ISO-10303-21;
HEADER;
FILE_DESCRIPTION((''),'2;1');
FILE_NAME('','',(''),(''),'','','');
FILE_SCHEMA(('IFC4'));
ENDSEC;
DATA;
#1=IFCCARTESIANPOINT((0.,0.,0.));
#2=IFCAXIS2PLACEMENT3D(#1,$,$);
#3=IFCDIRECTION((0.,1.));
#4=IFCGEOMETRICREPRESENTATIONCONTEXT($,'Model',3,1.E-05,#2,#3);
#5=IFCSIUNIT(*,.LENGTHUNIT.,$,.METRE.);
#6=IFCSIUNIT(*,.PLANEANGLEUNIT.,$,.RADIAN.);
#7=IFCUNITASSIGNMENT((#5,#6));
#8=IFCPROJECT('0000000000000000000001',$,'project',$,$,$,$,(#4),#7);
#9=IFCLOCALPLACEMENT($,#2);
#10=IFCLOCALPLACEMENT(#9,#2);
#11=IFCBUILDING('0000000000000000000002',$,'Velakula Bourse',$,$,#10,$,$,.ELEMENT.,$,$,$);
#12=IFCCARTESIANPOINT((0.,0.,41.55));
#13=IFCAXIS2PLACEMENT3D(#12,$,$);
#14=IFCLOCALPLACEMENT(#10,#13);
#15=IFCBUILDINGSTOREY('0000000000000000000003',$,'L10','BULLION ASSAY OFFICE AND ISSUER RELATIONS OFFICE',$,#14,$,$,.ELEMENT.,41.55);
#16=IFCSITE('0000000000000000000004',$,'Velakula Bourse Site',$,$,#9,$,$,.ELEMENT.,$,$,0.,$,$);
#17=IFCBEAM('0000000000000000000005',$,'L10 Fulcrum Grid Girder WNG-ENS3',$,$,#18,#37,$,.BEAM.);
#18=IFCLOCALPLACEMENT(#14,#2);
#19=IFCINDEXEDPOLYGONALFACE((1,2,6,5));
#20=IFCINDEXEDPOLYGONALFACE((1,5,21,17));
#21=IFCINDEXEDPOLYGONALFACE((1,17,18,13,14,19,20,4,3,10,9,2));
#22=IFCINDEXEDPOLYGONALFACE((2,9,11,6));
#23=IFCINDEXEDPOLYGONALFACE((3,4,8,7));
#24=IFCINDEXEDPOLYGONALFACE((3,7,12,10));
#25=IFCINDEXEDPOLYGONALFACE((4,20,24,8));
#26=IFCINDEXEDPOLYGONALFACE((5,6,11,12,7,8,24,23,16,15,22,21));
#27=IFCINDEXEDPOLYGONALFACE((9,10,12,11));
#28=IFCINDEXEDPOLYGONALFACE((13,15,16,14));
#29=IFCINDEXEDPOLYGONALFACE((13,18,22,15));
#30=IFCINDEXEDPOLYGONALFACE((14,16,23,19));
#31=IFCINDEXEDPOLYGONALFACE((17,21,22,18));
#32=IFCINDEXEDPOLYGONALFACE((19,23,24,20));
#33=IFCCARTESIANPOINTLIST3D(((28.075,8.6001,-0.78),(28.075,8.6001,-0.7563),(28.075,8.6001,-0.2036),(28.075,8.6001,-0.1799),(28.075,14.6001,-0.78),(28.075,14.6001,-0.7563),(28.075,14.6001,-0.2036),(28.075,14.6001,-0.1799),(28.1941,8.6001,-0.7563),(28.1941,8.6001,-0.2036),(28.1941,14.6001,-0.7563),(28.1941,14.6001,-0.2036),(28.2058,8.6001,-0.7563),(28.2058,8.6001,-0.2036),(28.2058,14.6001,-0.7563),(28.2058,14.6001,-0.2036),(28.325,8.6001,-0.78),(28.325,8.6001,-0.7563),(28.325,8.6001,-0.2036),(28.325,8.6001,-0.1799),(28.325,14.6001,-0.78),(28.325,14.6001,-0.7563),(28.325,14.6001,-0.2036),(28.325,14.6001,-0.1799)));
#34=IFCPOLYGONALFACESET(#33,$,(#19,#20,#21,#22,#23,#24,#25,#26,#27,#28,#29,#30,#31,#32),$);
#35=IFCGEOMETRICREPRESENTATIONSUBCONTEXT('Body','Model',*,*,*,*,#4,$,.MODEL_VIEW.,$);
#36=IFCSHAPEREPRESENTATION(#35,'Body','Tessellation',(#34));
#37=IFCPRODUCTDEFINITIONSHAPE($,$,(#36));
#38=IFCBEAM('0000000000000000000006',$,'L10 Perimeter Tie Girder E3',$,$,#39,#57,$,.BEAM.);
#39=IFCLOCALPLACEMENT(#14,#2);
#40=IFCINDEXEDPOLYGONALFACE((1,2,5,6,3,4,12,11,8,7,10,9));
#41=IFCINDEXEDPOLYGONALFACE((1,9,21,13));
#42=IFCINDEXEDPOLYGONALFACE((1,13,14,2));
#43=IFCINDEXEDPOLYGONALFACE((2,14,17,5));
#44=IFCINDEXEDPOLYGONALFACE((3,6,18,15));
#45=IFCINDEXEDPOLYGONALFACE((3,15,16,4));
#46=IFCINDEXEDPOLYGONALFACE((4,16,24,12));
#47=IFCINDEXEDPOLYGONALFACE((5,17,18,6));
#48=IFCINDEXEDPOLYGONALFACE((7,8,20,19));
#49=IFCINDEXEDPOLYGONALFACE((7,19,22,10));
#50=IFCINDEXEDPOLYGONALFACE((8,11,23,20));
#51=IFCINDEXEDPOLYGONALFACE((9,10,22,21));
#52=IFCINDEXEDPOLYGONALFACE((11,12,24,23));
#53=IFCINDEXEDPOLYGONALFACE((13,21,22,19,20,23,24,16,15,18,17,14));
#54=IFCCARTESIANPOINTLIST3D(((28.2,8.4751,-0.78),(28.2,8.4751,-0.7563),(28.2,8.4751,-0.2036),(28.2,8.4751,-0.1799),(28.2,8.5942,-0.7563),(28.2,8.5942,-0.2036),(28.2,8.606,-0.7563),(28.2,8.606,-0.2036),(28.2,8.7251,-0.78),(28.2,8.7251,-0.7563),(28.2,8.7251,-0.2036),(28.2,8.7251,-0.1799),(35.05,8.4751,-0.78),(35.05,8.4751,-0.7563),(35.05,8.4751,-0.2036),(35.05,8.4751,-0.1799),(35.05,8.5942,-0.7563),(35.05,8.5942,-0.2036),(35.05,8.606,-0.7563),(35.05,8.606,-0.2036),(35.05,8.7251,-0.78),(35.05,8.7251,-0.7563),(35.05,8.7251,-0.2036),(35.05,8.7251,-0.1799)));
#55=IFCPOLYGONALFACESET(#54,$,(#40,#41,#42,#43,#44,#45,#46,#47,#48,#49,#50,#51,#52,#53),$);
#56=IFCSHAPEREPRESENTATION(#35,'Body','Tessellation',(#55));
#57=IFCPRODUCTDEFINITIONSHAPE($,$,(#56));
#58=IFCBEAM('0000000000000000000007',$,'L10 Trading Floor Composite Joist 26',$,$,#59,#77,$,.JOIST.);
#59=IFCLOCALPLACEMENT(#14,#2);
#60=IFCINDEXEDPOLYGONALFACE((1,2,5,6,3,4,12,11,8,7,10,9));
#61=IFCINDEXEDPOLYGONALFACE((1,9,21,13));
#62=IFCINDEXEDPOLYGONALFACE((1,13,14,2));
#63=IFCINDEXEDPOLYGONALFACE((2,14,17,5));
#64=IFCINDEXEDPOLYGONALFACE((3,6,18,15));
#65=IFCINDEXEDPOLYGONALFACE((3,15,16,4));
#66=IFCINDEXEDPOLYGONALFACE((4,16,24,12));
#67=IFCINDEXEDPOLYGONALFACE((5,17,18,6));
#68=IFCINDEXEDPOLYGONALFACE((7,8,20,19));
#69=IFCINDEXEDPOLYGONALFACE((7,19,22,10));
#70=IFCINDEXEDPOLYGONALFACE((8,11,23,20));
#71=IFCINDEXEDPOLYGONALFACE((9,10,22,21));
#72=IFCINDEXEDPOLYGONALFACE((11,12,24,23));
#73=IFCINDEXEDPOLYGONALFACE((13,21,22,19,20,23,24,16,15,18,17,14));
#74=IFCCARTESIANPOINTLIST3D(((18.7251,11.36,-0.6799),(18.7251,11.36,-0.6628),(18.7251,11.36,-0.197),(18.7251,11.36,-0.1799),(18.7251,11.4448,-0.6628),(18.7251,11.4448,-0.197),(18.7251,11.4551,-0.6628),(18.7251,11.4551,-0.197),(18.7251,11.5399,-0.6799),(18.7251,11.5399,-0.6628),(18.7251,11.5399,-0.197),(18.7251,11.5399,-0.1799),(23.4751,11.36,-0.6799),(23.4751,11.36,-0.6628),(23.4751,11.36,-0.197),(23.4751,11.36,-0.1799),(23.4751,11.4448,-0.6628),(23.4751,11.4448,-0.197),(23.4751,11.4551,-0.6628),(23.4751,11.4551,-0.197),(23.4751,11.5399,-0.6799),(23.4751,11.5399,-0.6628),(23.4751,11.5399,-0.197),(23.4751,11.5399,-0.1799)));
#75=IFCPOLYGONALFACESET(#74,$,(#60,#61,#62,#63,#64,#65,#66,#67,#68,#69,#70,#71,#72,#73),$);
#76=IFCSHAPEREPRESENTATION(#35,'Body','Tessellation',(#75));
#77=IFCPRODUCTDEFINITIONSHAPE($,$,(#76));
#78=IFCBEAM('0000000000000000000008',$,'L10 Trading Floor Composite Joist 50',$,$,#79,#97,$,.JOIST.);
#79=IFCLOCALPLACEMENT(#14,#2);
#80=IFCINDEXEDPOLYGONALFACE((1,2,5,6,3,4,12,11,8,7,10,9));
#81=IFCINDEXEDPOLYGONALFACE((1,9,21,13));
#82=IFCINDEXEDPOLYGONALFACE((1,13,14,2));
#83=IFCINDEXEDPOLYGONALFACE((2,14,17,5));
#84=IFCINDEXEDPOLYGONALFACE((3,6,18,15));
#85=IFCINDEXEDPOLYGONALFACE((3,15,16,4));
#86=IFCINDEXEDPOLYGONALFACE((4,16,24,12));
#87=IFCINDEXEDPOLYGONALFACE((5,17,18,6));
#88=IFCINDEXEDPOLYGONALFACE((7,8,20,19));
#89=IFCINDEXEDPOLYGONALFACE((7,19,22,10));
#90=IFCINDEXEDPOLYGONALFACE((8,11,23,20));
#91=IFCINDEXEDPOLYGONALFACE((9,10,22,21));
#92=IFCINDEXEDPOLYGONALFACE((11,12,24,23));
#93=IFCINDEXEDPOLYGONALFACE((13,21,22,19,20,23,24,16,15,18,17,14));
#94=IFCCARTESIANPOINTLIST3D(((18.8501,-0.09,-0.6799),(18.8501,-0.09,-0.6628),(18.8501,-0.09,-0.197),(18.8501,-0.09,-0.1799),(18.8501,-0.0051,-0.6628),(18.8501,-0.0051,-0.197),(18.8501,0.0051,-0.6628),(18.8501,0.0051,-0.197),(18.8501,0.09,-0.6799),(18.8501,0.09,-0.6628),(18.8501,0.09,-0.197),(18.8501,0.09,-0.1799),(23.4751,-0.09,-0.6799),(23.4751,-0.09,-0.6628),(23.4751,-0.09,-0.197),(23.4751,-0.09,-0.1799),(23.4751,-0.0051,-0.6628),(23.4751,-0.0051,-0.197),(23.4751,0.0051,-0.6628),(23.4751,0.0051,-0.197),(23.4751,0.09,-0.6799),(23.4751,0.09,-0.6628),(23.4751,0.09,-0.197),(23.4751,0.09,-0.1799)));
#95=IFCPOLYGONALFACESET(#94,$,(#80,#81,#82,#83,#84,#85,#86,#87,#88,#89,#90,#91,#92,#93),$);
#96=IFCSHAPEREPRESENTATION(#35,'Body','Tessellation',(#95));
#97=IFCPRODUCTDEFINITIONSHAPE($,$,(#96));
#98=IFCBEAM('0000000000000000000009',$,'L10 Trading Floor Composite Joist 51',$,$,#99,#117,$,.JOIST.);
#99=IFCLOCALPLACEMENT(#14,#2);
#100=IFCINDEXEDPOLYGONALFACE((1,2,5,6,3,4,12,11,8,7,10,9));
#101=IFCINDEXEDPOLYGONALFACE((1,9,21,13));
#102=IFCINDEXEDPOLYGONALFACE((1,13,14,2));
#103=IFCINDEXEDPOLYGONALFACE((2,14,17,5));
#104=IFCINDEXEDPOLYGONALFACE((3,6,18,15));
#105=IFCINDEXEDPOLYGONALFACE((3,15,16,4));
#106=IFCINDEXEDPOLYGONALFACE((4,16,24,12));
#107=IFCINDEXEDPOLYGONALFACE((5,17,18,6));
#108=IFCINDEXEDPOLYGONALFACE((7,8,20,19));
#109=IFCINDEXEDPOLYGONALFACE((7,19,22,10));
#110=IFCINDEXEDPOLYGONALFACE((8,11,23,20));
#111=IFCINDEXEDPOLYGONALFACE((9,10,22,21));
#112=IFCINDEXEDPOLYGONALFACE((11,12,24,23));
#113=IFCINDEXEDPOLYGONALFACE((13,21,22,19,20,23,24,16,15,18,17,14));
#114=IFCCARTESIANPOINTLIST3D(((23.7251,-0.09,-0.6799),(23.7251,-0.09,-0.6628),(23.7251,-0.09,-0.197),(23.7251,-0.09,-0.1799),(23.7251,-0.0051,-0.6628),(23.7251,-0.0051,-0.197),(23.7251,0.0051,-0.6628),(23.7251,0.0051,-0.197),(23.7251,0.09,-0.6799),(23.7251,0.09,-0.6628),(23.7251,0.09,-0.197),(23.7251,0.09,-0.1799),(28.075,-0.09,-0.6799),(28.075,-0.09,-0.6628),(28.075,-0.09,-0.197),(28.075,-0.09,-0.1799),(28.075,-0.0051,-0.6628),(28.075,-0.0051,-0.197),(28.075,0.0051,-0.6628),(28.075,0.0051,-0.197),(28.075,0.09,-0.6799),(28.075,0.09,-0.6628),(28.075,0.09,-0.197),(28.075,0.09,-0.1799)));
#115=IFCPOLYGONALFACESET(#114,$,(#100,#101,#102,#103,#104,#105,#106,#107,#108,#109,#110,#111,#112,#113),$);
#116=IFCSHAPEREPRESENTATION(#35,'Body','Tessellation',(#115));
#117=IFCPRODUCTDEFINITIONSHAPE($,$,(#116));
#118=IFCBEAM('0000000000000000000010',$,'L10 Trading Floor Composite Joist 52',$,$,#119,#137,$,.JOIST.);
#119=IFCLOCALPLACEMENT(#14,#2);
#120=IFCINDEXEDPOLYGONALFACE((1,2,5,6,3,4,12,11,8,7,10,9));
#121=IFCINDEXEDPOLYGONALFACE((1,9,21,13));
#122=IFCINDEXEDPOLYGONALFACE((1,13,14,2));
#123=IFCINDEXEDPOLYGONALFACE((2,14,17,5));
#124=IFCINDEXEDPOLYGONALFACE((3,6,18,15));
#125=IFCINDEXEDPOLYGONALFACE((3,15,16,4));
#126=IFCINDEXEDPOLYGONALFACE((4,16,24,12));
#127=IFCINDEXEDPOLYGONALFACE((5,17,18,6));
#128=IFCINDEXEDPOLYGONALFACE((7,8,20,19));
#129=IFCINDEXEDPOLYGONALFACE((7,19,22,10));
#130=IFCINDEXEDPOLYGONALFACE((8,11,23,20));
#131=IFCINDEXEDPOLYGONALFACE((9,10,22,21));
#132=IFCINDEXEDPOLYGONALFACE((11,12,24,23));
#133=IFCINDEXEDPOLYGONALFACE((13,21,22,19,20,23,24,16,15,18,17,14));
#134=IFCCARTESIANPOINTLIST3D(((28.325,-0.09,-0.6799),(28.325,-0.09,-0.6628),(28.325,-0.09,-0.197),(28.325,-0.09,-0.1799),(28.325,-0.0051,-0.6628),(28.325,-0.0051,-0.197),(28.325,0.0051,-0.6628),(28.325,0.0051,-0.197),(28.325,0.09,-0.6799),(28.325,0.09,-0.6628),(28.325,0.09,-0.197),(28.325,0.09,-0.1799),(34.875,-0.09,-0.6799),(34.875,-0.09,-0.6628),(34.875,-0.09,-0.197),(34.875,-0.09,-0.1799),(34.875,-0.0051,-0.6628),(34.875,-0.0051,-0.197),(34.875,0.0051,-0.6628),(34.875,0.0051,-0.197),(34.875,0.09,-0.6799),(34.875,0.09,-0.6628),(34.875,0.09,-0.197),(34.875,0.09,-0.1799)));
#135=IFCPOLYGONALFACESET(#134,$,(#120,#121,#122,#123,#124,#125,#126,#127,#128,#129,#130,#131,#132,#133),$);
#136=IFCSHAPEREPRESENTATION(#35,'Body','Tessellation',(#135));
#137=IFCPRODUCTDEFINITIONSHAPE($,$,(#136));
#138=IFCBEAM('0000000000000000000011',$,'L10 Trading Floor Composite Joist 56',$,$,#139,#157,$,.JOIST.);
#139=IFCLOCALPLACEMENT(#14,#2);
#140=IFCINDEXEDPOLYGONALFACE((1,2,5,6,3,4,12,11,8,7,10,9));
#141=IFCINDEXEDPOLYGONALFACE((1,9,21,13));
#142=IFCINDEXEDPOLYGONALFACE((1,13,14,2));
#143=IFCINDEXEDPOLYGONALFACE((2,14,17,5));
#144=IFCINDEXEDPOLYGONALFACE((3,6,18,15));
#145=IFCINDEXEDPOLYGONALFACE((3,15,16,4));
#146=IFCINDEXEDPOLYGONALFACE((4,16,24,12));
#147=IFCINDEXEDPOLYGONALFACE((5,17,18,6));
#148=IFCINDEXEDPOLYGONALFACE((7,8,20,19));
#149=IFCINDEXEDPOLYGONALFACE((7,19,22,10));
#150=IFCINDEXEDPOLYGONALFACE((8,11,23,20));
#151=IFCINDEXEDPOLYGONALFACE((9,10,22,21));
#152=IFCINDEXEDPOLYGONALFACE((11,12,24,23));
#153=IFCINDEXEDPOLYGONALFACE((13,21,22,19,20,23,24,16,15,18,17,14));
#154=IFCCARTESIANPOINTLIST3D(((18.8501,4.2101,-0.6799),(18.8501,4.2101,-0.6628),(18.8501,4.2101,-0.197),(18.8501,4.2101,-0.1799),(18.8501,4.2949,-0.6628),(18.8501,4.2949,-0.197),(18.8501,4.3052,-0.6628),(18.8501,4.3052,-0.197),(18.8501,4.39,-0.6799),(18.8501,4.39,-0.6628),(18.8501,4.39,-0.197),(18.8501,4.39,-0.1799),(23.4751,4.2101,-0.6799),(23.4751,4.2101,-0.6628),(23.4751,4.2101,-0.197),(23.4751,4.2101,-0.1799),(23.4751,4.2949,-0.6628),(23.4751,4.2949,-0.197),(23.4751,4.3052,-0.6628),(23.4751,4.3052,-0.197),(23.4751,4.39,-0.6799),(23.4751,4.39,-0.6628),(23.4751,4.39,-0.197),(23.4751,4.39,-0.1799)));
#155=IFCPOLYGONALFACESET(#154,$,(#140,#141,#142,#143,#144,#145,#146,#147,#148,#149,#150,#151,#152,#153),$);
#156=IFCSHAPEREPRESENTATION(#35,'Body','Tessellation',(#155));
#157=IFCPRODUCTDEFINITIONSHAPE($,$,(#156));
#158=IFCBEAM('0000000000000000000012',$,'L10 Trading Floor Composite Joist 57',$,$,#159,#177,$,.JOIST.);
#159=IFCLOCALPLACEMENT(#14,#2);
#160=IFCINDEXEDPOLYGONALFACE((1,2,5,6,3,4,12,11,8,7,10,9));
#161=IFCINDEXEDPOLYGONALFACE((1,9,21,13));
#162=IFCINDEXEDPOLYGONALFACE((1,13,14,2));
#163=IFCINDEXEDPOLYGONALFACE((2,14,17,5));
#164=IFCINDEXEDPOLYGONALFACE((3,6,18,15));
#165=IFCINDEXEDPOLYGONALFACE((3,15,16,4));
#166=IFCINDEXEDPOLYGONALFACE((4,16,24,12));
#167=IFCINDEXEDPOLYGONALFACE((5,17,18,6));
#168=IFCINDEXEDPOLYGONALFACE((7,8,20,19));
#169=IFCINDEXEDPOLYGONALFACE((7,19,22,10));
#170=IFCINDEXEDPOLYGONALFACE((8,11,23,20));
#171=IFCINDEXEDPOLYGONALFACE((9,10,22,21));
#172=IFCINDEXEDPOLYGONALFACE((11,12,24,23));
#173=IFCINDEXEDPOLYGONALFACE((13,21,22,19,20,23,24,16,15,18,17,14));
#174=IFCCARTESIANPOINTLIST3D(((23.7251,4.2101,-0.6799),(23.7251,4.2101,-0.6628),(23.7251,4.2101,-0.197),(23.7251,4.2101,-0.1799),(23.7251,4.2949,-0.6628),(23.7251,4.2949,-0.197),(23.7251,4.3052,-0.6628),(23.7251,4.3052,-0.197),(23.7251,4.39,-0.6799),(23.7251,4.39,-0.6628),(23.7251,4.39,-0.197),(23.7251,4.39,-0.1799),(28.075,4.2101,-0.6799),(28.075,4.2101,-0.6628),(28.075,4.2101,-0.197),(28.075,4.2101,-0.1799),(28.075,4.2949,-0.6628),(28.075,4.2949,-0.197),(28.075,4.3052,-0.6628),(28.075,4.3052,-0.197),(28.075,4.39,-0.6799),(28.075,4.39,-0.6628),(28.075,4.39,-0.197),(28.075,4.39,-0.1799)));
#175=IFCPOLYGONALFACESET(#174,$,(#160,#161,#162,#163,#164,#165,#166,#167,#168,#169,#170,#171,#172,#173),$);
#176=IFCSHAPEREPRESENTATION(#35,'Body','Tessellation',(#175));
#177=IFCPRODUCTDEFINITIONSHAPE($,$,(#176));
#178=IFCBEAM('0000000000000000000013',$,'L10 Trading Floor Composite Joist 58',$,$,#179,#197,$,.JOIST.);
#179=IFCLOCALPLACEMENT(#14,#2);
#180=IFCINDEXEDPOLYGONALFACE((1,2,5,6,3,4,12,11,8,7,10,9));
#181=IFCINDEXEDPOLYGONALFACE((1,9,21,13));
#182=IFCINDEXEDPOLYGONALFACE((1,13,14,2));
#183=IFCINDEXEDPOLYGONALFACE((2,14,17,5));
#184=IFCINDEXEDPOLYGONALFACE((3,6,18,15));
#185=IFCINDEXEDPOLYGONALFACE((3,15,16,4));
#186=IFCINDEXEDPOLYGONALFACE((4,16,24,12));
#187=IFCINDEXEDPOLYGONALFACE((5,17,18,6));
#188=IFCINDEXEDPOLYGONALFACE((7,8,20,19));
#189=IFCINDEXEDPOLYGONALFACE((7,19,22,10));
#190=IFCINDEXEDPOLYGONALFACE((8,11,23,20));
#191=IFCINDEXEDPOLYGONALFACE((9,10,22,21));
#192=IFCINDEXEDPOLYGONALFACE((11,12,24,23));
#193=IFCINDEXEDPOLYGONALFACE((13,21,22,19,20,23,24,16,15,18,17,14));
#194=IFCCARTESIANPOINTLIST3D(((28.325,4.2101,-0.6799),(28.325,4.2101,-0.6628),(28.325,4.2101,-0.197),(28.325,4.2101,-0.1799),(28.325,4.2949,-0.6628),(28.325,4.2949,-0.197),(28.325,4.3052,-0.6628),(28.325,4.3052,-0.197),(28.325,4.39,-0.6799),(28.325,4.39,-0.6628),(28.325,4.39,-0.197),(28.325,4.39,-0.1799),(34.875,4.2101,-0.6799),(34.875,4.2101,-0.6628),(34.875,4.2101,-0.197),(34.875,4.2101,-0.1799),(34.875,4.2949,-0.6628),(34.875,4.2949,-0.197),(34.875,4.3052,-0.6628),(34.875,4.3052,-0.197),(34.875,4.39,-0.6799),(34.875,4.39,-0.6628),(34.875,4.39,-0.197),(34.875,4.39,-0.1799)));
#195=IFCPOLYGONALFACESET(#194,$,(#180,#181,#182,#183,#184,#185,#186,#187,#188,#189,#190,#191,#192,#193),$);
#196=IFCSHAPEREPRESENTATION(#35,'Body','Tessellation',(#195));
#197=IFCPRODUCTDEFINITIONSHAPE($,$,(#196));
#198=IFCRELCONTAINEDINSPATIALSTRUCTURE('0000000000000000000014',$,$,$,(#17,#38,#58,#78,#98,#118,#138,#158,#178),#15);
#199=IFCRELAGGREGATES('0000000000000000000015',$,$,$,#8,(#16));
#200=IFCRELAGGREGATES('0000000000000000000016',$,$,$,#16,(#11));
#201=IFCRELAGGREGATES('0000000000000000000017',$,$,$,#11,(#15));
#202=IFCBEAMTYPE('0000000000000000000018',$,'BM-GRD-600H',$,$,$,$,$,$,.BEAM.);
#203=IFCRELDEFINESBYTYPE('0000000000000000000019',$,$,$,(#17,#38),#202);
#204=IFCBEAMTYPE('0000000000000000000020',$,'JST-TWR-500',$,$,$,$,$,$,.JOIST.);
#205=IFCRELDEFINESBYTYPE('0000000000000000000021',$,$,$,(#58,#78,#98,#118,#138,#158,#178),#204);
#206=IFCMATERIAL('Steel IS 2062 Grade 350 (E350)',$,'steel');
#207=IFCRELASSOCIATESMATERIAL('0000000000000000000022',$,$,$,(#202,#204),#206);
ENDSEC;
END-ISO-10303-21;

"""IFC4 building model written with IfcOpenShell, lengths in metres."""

from ifc_helpers import new_model, si_unit, direction, frame, origin, origin_2d, place, context, subcontext, project, spatial, i_section, extrude, material, material_profile, profile_set, type_object, element, save


model = new_model("IFC4")

# Units and contexts
model_context = context("Model", 3, precision=1e-05, world=origin(), true_north=direction((0.0, 1.0)))
body_context = subcontext(model_context, "Body", "Model", "MODEL_VIEW")
ifc_project = project(units=[si_unit("LENGTHUNIT", "METRE"), si_unit("PLANEANGLEUNIT", "RADIAN")], contexts=[model_context])

# Site, building, storey
site_placement = place(None, origin())
site = spatial("IfcSite", under=ifc_project, at=site_placement, Name="Velakula Bourse Site", CompositionType="ELEMENT", RefElevation=0.0)
building_placement = place(site_placement, origin())
building = spatial("IfcBuilding", under=site, at=building_placement, Name="Velakula Bourse", CompositionType="ELEMENT")
storey_placement = place(building_placement, frame((0.0, 0.0, 41.55)))
storey = spatial("IfcBuildingStorey", under=building, at=storey_placement, Name="L10", Description="BULLION ASSAY OFFICE AND ISSUER RELATIONS OFFICE", CompositionType="ELEMENT", Elevation=41.55)

# Beams
ifc_material_1 = material(Name="Steel IS 2062 Grade 350 (E350)", Category="steel")
ifc_material_profile_1 = material_profile(ifc_material_1, i_section(OverallWidth=0.25, OverallDepth=0.6001, WebThickness=0.0117, FlangeThickness=0.0237, at=origin_2d()), Name="Steel IS 2062 Grade 350 (E350)")
ifc_profile_set_1 = profile_set([ifc_material_profile_1], Name="Steel IS 2062 Grade 350 (E350)")
beam_type_1 = type_object("IfcBeamType", Name="BM-GRD-600H", PredefinedType="BEAM", material=ifc_profile_set_1)
beam_1_placement = place(storey_placement, frame((28.2, 8.6001, -0.48), z_axis=(0.0, 1.0, 0.0), x_axis=(-1.0, 0.0, 0.0)))
element("IfcBeam", 1, at=beam_1_placement, inside=storey, type_object=beam_type_1, Name="L10 Fulcrum Grid Girder WNG-ENS3", PredefinedType="BEAM", context=body_context, shape_type="SweptSolid", body=[
    extrude(i_section(OverallWidth=0.25, OverallDepth=0.6001, WebThickness=0.0117, FlangeThickness=0.0237, at=origin_2d()), origin(), (0.0, 0.0, 1.0), 6.0),
])
beam_2_placement = place(storey_placement, frame((28.2, 8.6001, -0.48), z_axis=(1.0, 0.0, 0.0), x_axis=(0.0, 1.0, 0.0)))
element("IfcBeam", 2, at=beam_2_placement, inside=storey, type_object=beam_type_1, Name="L10 Perimeter Tie Girder E3", PredefinedType="BEAM", context=body_context, shape_type="SweptSolid", body=[
    extrude(i_section(OverallWidth=0.25, OverallDepth=0.6001, WebThickness=0.0117, FlangeThickness=0.0237, at=origin_2d()), origin(), (0.0, 0.0, 1.0), 6.8501),
])
ifc_material_profile_2 = material_profile(ifc_material_1, i_section(OverallWidth=0.1799, OverallDepth=0.5, WebThickness=0.0103, FlangeThickness=0.0171, at=origin_2d()), Name="Steel IS 2062 Grade 350 (E350)")
ifc_profile_set_2 = profile_set([ifc_material_profile_2], Name="Steel IS 2062 Grade 350 (E350)")
beam_type_2 = type_object("IfcBeamType", Name="JST-TWR-500", PredefinedType="JOIST", material=ifc_profile_set_2)
beam_3_placement = place(storey_placement, frame((18.7251, 11.45, -0.4299), z_axis=(1.0, 0.0, 0.0), x_axis=(0.0, 1.0, 0.0)))
element("IfcBeam", 3, at=beam_3_placement, inside=storey, type_object=beam_type_2, Name="L10 Trading Floor Composite Joist 26", PredefinedType="JOIST", context=body_context, shape_type="SweptSolid", body=[
    extrude(i_section(OverallWidth=0.1799, OverallDepth=0.5, WebThickness=0.0103, FlangeThickness=0.0171, at=origin_2d()), origin(), (0.0, 0.0, 1.0), 4.75),
])
beam_4_placement = place(storey_placement, frame((18.8501, 0.0, -0.4299), z_axis=(1.0, 0.0, 0.0), x_axis=(0.0, 1.0, 0.0)))
element("IfcBeam", 4, at=beam_4_placement, inside=storey, type_object=beam_type_2, Name="L10 Trading Floor Composite Joist 50", PredefinedType="JOIST", context=body_context, shape_type="SweptSolid", body=[
    extrude(i_section(OverallWidth=0.1799, OverallDepth=0.5, WebThickness=0.0103, FlangeThickness=0.0171, at=origin_2d()), origin(), (0.0, 0.0, 1.0), 4.625),
])
beam_5_placement = place(storey_placement, frame((23.7251, 0.0, -0.4299), z_axis=(1.0, 0.0, 0.0), x_axis=(0.0, 1.0, 0.0)))
element("IfcBeam", 5, at=beam_5_placement, inside=storey, type_object=beam_type_2, Name="L10 Trading Floor Composite Joist 51", PredefinedType="JOIST", context=body_context, shape_type="SweptSolid", body=[
    extrude(i_section(OverallWidth=0.1799, OverallDepth=0.5, WebThickness=0.0103, FlangeThickness=0.0171, at=origin_2d()), origin(), (0.0, 0.0, 1.0), 4.3499),
])
beam_6_placement = place(storey_placement, frame((28.325, 0.0, -0.4299), z_axis=(1.0, 0.0, 0.0), x_axis=(0.0, 1.0, 0.0)))
element("IfcBeam", 6, at=beam_6_placement, inside=storey, type_object=beam_type_2, Name="L10 Trading Floor Composite Joist 52", PredefinedType="JOIST", context=body_context, shape_type="SweptSolid", body=[
    extrude(i_section(OverallWidth=0.1799, OverallDepth=0.5, WebThickness=0.0103, FlangeThickness=0.0171, at=origin_2d()), origin(), (0.0, 0.0, 1.0), 6.55),
])
beam_7_placement = place(storey_placement, frame((18.8501, 4.3, -0.4299), z_axis=(1.0, 0.0, 0.0), x_axis=(0.0, 1.0, 0.0)))
element("IfcBeam", 7, at=beam_7_placement, inside=storey, type_object=beam_type_2, Name="L10 Trading Floor Composite Joist 56", PredefinedType="JOIST", context=body_context, shape_type="SweptSolid", body=[
    extrude(i_section(OverallWidth=0.1799, OverallDepth=0.5, WebThickness=0.0103, FlangeThickness=0.0171, at=origin_2d()), origin(), (0.0, 0.0, 1.0), 4.625),
])
beam_8_placement = place(storey_placement, frame((23.7251, 4.3, -0.4299), z_axis=(1.0, 0.0, 0.0), x_axis=(0.0, 1.0, 0.0)))
element("IfcBeam", 8, at=beam_8_placement, inside=storey, type_object=beam_type_2, Name="L10 Trading Floor Composite Joist 57", PredefinedType="JOIST", context=body_context, shape_type="SweptSolid", body=[
    extrude(i_section(OverallWidth=0.1799, OverallDepth=0.5, WebThickness=0.0103, FlangeThickness=0.0171, at=origin_2d()), origin(), (0.0, 0.0, 1.0), 4.3499),
])
beam_9_placement = place(storey_placement, frame((28.325, 4.3, -0.4299), z_axis=(1.0, 0.0, 0.0), x_axis=(0.0, 1.0, 0.0)))
element("IfcBeam", 9, at=beam_9_placement, inside=storey, type_object=beam_type_2, Name="L10 Trading Floor Composite Joist 58", PredefinedType="JOIST", context=body_context, shape_type="SweptSolid", body=[
    extrude(i_section(OverallWidth=0.1799, OverallDepth=0.5, WebThickness=0.0103, FlangeThickness=0.0171, at=origin_2d()), origin(), (0.0, 0.0, 1.0), 6.55),
])

save(model, "model.ifc")
